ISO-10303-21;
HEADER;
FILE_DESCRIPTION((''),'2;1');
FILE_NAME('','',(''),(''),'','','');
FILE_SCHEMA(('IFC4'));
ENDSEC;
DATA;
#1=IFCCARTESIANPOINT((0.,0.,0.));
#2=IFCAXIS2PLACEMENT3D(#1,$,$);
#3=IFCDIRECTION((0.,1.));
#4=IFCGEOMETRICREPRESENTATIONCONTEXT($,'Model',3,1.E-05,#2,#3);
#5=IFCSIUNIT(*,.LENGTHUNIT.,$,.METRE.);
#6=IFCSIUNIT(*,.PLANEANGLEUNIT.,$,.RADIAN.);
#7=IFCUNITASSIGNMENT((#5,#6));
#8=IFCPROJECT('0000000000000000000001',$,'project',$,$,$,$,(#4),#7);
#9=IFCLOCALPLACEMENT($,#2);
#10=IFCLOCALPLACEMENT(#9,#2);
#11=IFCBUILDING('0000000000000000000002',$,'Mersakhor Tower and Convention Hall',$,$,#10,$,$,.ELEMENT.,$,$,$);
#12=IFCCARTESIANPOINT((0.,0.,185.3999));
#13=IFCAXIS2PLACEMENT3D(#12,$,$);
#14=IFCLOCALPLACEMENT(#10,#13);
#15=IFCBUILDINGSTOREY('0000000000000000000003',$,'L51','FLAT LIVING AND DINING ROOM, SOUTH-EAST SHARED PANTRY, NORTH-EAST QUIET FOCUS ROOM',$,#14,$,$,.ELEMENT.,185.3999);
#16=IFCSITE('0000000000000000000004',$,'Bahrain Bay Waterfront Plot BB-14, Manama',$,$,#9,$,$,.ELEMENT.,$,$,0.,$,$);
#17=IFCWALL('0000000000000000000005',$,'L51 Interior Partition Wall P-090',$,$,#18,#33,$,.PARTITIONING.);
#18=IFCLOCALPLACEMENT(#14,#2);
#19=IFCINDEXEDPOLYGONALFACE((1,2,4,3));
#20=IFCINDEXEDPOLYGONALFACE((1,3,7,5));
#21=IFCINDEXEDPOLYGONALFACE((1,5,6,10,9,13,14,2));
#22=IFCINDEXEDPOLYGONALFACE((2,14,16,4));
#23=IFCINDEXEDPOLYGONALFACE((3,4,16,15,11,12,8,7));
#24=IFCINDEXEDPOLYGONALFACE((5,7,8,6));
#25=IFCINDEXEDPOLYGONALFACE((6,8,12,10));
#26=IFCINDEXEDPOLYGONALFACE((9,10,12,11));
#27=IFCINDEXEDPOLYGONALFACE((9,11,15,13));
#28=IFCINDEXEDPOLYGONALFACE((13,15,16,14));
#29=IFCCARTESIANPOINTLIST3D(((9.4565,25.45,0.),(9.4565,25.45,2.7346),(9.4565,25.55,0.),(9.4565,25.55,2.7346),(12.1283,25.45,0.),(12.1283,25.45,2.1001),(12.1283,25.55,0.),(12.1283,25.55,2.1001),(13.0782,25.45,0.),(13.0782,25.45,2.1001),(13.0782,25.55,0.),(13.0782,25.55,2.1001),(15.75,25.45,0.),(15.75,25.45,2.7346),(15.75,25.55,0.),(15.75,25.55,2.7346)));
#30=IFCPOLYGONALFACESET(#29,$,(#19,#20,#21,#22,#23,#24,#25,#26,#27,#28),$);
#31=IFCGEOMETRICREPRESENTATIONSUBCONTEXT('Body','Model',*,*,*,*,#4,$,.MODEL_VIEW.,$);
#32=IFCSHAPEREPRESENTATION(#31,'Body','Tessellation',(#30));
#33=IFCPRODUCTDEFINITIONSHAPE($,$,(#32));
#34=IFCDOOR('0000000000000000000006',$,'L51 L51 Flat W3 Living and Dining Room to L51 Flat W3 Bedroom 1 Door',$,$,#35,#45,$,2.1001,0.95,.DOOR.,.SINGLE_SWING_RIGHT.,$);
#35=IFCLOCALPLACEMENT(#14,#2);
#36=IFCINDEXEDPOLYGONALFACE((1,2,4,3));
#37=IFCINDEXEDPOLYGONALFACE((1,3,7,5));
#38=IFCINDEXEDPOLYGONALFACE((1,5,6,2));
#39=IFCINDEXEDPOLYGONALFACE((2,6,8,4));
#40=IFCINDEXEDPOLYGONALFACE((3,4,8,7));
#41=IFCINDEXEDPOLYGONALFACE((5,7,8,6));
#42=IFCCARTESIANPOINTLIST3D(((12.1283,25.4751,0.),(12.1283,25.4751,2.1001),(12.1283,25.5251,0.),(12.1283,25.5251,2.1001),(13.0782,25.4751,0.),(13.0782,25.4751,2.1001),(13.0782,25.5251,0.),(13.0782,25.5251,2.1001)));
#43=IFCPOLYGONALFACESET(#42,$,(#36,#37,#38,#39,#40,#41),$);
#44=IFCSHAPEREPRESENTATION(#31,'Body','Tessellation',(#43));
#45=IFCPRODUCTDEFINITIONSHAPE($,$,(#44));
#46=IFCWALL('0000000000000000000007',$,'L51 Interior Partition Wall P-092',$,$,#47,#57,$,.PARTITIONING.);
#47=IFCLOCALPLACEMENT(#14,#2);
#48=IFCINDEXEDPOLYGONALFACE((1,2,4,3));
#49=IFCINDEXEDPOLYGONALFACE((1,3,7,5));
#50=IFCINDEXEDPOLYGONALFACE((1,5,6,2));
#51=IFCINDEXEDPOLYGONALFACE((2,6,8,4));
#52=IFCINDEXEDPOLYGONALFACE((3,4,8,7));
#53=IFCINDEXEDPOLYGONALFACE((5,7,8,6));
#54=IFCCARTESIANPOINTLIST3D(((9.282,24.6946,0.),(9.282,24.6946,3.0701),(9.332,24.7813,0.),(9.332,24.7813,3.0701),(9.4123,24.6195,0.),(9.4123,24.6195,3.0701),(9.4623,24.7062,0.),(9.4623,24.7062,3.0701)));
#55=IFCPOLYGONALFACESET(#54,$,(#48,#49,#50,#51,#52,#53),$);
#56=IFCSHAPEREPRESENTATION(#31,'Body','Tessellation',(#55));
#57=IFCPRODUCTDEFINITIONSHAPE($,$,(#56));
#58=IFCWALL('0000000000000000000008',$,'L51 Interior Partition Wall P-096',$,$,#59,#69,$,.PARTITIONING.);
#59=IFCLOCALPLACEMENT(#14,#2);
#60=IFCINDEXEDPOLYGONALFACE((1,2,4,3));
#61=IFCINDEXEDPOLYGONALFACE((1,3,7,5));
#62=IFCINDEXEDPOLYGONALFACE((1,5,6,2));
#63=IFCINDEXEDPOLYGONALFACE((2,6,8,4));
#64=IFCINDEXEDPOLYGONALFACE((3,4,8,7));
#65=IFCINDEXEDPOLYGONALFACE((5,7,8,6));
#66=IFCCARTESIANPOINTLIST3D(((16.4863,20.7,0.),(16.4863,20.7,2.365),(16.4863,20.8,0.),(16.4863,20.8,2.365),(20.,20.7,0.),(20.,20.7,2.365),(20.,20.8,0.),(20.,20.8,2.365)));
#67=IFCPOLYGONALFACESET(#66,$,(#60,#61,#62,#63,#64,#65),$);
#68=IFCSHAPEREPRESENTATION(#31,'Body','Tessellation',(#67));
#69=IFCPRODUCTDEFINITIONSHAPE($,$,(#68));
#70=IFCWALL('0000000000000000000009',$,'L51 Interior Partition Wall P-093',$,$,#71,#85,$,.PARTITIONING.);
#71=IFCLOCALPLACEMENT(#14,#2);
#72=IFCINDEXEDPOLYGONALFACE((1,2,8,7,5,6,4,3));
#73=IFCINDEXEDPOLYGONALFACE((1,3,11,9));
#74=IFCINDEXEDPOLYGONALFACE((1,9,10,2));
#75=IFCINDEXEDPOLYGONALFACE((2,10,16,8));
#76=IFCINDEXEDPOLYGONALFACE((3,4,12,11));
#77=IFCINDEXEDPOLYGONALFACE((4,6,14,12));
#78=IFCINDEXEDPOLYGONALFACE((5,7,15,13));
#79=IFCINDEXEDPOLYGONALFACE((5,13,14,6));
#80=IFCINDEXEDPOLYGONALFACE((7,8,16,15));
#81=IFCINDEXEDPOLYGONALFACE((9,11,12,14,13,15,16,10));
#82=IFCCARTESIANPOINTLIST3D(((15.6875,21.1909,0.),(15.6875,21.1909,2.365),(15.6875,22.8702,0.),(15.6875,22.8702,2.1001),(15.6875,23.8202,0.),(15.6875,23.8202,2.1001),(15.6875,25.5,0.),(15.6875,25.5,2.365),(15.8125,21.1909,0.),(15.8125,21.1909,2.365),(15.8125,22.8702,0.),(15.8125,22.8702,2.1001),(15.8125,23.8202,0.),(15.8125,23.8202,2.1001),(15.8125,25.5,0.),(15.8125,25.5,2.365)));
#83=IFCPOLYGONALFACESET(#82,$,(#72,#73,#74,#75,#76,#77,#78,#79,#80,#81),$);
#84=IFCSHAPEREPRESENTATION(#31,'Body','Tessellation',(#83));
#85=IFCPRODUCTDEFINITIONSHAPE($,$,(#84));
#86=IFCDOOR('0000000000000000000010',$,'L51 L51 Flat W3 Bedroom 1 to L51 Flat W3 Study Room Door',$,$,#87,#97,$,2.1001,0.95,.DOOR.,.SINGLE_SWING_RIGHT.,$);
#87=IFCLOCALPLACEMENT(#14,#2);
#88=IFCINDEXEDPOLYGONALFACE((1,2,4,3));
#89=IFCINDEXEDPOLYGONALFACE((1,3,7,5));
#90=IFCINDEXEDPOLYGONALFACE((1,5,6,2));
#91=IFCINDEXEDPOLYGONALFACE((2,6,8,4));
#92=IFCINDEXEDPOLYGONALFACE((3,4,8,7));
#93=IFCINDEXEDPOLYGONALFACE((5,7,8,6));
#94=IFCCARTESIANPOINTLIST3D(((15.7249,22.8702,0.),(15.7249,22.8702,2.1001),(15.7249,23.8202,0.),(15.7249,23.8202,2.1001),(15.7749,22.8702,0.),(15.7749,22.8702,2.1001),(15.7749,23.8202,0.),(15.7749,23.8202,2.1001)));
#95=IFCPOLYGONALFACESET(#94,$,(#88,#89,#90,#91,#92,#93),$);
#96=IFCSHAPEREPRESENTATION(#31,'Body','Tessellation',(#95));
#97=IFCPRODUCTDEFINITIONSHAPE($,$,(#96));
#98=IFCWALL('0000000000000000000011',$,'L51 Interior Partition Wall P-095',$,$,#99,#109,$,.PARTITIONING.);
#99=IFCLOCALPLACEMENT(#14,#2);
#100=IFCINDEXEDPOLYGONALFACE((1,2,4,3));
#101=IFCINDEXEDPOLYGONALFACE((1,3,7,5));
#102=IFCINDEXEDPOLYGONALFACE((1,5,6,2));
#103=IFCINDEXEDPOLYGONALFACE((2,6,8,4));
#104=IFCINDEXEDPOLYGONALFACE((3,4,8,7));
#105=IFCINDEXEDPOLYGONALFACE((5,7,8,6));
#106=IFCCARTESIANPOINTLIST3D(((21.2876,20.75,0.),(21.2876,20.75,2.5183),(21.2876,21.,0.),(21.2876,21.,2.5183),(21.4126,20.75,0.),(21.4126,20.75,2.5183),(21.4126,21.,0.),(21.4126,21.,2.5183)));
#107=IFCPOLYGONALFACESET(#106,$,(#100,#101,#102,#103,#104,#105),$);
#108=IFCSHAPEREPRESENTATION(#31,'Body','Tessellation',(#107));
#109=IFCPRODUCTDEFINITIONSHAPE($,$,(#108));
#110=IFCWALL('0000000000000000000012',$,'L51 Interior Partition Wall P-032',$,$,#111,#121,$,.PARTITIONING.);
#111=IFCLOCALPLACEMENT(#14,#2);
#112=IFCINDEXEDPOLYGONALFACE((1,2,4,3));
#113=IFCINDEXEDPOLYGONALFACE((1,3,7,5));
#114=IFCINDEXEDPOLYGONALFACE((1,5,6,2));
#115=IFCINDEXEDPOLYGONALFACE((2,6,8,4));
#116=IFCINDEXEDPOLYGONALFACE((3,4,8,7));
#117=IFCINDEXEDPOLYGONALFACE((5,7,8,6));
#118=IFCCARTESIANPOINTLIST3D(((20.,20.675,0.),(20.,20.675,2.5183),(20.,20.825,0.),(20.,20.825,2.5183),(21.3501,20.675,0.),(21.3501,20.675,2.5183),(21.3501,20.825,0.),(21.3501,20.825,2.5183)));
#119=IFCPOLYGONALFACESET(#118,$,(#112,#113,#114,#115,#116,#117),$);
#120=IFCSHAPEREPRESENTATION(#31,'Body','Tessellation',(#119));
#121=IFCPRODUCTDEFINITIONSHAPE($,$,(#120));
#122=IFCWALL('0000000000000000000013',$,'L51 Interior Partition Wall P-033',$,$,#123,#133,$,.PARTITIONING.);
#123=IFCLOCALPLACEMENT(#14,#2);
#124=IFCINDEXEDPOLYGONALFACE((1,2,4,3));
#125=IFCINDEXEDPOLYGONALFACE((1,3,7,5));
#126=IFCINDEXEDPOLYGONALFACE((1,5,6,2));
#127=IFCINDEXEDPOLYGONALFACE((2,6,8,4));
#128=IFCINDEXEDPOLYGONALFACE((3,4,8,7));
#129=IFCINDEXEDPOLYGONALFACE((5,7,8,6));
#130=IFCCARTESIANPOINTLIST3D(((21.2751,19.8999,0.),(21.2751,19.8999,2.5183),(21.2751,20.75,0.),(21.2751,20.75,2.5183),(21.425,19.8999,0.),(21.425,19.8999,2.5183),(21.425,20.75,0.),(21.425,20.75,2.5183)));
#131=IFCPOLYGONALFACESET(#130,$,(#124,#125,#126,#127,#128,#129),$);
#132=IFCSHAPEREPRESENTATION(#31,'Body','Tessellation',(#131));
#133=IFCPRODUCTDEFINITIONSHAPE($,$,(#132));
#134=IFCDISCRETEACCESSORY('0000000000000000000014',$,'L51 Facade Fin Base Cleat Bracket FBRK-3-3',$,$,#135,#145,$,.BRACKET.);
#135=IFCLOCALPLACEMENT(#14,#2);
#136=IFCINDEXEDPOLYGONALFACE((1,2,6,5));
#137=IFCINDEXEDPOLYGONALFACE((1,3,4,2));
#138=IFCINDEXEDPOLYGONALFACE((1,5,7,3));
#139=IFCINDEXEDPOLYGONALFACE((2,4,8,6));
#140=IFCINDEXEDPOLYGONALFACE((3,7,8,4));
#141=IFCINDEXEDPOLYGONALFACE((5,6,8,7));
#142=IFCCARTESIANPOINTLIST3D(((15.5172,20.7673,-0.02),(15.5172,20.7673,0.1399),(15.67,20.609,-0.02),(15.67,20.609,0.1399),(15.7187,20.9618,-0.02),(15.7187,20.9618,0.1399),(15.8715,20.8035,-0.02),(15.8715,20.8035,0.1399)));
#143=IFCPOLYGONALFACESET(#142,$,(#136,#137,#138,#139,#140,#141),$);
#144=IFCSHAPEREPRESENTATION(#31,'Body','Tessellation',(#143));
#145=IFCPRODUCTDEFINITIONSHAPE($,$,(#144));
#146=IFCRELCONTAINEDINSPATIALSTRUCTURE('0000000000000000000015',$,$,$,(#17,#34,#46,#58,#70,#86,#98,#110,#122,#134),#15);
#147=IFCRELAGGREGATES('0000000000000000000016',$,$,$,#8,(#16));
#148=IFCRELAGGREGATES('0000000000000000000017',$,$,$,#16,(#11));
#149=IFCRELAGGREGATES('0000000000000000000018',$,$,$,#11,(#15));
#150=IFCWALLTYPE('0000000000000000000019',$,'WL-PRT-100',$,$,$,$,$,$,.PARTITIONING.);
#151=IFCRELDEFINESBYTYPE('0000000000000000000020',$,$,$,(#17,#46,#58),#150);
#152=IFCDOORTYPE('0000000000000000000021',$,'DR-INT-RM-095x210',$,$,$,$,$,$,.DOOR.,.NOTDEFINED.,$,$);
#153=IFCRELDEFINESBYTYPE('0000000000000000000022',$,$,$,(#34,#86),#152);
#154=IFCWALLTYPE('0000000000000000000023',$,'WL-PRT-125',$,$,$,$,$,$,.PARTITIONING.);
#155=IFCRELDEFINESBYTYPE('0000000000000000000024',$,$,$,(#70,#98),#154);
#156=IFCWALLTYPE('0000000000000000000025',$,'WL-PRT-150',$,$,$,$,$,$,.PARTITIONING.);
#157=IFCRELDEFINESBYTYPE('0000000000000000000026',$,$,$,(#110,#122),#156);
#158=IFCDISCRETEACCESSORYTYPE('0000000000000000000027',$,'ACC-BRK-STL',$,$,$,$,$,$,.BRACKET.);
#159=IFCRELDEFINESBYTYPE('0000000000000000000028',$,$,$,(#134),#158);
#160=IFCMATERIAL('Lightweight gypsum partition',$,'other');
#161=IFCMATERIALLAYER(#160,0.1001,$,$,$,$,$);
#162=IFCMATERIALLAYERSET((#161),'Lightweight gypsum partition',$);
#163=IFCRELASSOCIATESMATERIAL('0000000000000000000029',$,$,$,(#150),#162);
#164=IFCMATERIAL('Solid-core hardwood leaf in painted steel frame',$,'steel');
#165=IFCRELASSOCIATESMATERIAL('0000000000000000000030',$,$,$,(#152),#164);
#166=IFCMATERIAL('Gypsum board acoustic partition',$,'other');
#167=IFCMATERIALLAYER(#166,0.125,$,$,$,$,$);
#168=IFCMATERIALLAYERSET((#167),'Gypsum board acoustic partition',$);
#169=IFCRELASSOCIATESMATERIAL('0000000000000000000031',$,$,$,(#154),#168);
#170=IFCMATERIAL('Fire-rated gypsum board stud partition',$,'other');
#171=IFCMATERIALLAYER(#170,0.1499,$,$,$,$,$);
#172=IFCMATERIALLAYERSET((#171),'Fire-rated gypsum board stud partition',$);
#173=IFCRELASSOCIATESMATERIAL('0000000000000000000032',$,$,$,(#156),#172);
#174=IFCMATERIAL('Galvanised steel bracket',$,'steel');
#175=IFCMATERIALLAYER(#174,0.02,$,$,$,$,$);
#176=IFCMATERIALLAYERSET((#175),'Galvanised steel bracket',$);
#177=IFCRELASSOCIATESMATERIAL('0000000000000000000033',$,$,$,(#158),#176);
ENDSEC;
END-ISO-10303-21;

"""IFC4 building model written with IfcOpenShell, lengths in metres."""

from ifc_helpers import new_model, si_unit, direction, frame, frame_2d, origin, origin_2d, place, context, subcontext, project, spatial, rectangle, extrude, material, layer, layer_set, type_object, element, fill, save


model = new_model("IFC4")

# Units and contexts
model_context = context("Model", 3, precision=1e-05, world=origin(), true_north=direction((0.0, 1.0)))
body_context = subcontext(model_context, "Body", "Model", "MODEL_VIEW")
ifc_project = project(units=[si_unit("LENGTHUNIT", "METRE"), si_unit("PLANEANGLEUNIT", "RADIAN")], contexts=[model_context])

# Site, building, storey
site_placement = place(None, origin())
site = spatial("IfcSite", under=ifc_project, at=site_placement, Name="Bahrain Bay Waterfront Plot BB-14, Manama", CompositionType="ELEMENT", RefElevation=0.0)
building_placement = place(site_placement, origin())
building = spatial("IfcBuilding", under=site, at=building_placement, Name="Mersakhor Tower and Convention Hall", CompositionType="ELEMENT")
storey_placement = place(building_placement, frame((0.0, 0.0, 185.3999)))
storey = spatial("IfcBuildingStorey", under=building, at=storey_placement, Name="L51", Description="FLAT LIVING AND DINING ROOM, SOUTH-EAST SHARED PANTRY, NORTH-EAST QUIET FOCUS ROOM", CompositionType="ELEMENT", Elevation=185.3999)

# Wall, opening, door
ifc_material_1 = material(Name="Lightweight gypsum partition", Category="other")
ifc_layer_1 = layer(ifc_material_1, 0.1001)
ifc_layer_set_1 = layer_set([ifc_layer_1], Name="Lightweight gypsum partition")
wall_type_1 = type_object("IfcWallType", Name="WL-PRT-100", PredefinedType="PARTITIONING", material=ifc_layer_set_1)
wall_1_placement = place(storey_placement, frame((15.75, 25.5, 0.0), z_axis=(0.0, 0.0, 1.0), x_axis=(-1.0, 0.0, 0.0)))
wall_1 = element("IfcWall", 1, at=wall_1_placement, inside=storey, type_object=wall_type_1, Name="L51 Interior Partition Wall P-090", PredefinedType="PARTITIONING", context=body_context, shape_type="SweptSolid", body=[
    extrude(rectangle(XDim=6.2935, YDim=0.1001, at=frame_2d((3.1467, 0.0))), origin(), (0.0, 0.0, 1.0), 2.7346),
])
opening_1_placement = place(wall_1_placement, frame((2.6716, 0.0, 0.0)))
opening_1 = element("IfcOpeningElement", 2, at=opening_1_placement, cuts=wall_1, PredefinedType="OPENING", context=body_context, shape_type="SweptSolid", body=[
    extrude(rectangle(XDim=0.95, YDim=2.1001, at=frame_2d((0.4751, 1.05))), frame((0.0, 0.0601, 0.0), z_axis=(0.0, -1.0, 0.0), x_axis=(1.0, 0.0, 0.0)), (0.0, 0.0, 1.0), 0.1201),
])
ifc_material_2 = material(Name="Solid-core hardwood leaf in painted steel frame", Category="steel")
door_type = type_object("IfcDoorType", Name="DR-INT-RM-095x210", OperationType="NOTDEFINED", PredefinedType="DOOR", material=ifc_material_2)
door_1_placement = place(opening_1_placement, origin())
door_1 = element("IfcDoor", 3, at=door_1_placement, inside=storey, type_object=door_type, Name="L51 L51 Flat W3 Living and Dining Room to L51 Flat W3 Bedroom 1 Door", OperationType="SINGLE_SWING_RIGHT", OverallHeight=2.1001, OverallWidth=0.95, PredefinedType="DOOR", context=body_context, shape_type="SweptSolid", body=[
    extrude(rectangle(XDim=0.95, YDim=2.1001, at=frame_2d((0.4751, 1.05))), frame((0.0, 0.0249, 0.0), z_axis=(0.0, -1.0, 0.0), x_axis=(1.0, 0.0, 0.0)), (0.0, 0.0, 1.0), 0.05),
])
fill(opening_1, door_1)

# Walls
wall_2_placement = place(storey_placement, frame((9.4373, 24.6628, 0.0), z_axis=(0.0, 0.0, 1.0), x_axis=(-0.86624, 0.499629, 0.0)))
element("IfcWall", 4, at=wall_2_placement, inside=storey, type_object=wall_type_1, Name="L51 Interior Partition Wall P-092", PredefinedType="PARTITIONING", context=body_context, shape_type="SweptSolid", body=[
    extrude(rectangle(XDim=0.1504, YDim=0.1001, at=frame_2d((0.0752, 0.0))), origin(), (0.0, 0.0, 1.0), 3.0701),
])
wall_3_placement = place(storey_placement, frame((20.0, 20.75, 0.0), z_axis=(0.0, 0.0, 1.0), x_axis=(-1.0, 0.0, 0.0)))
element("IfcWall", 5, at=wall_3_placement, inside=storey, type_object=wall_type_1, Name="L51 Interior Partition Wall P-096", PredefinedType="PARTITIONING", context=body_context, shape_type="SweptSolid", body=[
    extrude(rectangle(XDim=3.5137, YDim=0.1001, at=frame_2d((1.7568, 0.0))), origin(), (0.0, 0.0, 1.0), 2.365),
])

# Wall, opening, door
ifc_material_3 = material(Name="Gypsum board acoustic partition", Category="other")
ifc_layer_2 = layer(ifc_material_3, 0.125)
ifc_layer_set_2 = layer_set([ifc_layer_2], Name="Gypsum board acoustic partition")
wall_type_2 = type_object("IfcWallType", Name="WL-PRT-125", PredefinedType="PARTITIONING", material=ifc_layer_set_2)
wall_4_placement = place(storey_placement, frame((15.75, 25.5, 0.0), z_axis=(0.0, 0.0, 1.0), x_axis=(0.0, -1.0, 0.0)))
wall_4 = element("IfcWall", 6, at=wall_4_placement, inside=storey, type_object=wall_type_2, Name="L51 Interior Partition Wall P-093", PredefinedType="PARTITIONING", context=body_context, shape_type="SweptSolid", body=[
    extrude(rectangle(XDim=4.3091, YDim=0.125, at=frame_2d((2.1545, 0.0))), origin(), (0.0, 0.0, 1.0), 2.365),
])
opening_2_placement = place(wall_4_placement, frame((1.6797, 0.0, 0.0)))
opening_2 = element("IfcOpeningElement", 7, at=opening_2_placement, cuts=wall_4, PredefinedType="OPENING", context=body_context, shape_type="SweptSolid", body=[
    extrude(rectangle(XDim=0.95, YDim=2.1001, at=frame_2d((0.4751, 1.05))), frame((0.0, 0.0725, 0.0), z_axis=(0.0, -1.0, 0.0), x_axis=(1.0, 0.0, 0.0)), (0.0, 0.0, 1.0), 0.145),
])
door_2_placement = place(opening_2_placement, origin())
door_2 = element("IfcDoor", 8, at=door_2_placement, inside=storey, type_object=door_type, Name="L51 L51 Flat W3 Bedroom 1 to L51 Flat W3 Study Room Door", OperationType="SINGLE_SWING_RIGHT", OverallHeight=2.1001, OverallWidth=0.95, PredefinedType="DOOR", context=body_context, shape_type="SweptSolid", body=[
    extrude(rectangle(XDim=0.95, YDim=2.1001, at=frame_2d((0.4751, 1.05))), frame((0.0, 0.0249, 0.0), z_axis=(0.0, -1.0, 0.0), x_axis=(1.0, 0.0, 0.0)), (0.0, 0.0, 1.0), 0.05),
])
fill(opening_2, door_2)

# Walls
wall_5_placement = place(storey_placement, frame((21.3501, 21.0, 0.0), z_axis=(0.0, 0.0, 1.0), x_axis=(0.0, -1.0, 0.0)))
element("IfcWall", 9, at=wall_5_placement, inside=storey, type_object=wall_type_2, Name="L51 Interior Partition Wall P-095", PredefinedType="PARTITIONING", context=body_context, shape_type="SweptSolid", body=[
    extrude(rectangle(XDim=0.25, YDim=0.125, at=frame_2d((0.125, 0.0))), origin(), (0.0, 0.0, 1.0), 2.5183),
])
ifc_material_4 = material(Name="Fire-rated gypsum board stud partition", Category="other")
ifc_layer_3 = layer(ifc_material_4, 0.1499)
ifc_layer_set_3 = layer_set([ifc_layer_3], Name="Fire-rated gypsum board stud partition")
wall_type_3 = type_object("IfcWallType", Name="WL-PRT-150", PredefinedType="PARTITIONING", material=ifc_layer_set_3)
wall_6_placement = place(storey_placement, frame((20.0, 20.75, 0.0), z_axis=(0.0, 0.0, 1.0), x_axis=(1.0, 0.0, 0.0)))
element("IfcWall", 10, at=wall_6_placement, inside=storey, type_object=wall_type_3, Name="L51 Interior Partition Wall P-032", PredefinedType="PARTITIONING", context=body_context, shape_type="SweptSolid", body=[
    extrude(rectangle(XDim=1.3501, YDim=0.1499, at=frame_2d((0.675, 0.0))), origin(), (0.0, 0.0, 1.0), 2.5183),
])
wall_7_placement = place(storey_placement, frame((21.3501, 20.75, 0.0), z_axis=(0.0, 0.0, 1.0), x_axis=(0.0, -1.0, 0.0)))
element("IfcWall", 11, at=wall_7_placement, inside=storey, type_object=wall_type_3, Name="L51 Interior Partition Wall P-033", PredefinedType="PARTITIONING", context=body_context, shape_type="SweptSolid", body=[
    extrude(rectangle(XDim=0.8501, YDim=0.1499, at=frame_2d((0.425, 0.0))), origin(), (0.0, 0.0, 1.0), 2.5183),
])

# Discrete accessory
ifc_material_5 = material(Name="Galvanised steel bracket", Category="steel")
ifc_layer_4 = layer(ifc_material_5, 0.02)
ifc_layer_set_4 = layer_set([ifc_layer_4], Name="Galvanised steel bracket")
discrete_accessory_type = type_object("IfcDiscreteAccessoryType", Name="ACC-BRK-STL", PredefinedType="BRACKET", material=ifc_layer_set_4)
discrete_accessory_placement = place(storey_placement, frame((15.6943, 20.7854, -0.02), z_axis=(0.0, 0.0, 1.0), x_axis=(-0.71934, -0.694658, 0.0)))
element("IfcDiscreteAccessory", 12, at=discrete_accessory_placement, inside=storey, type_object=discrete_accessory_type, Name="L51 Facade Fin Base Cleat Bracket FBRK-3-3", PredefinedType="BRACKET", context=body_context, shape_type="SweptSolid", body=[
    extrude(rectangle(XDim=0.28, YDim=0.22, at=origin_2d()), origin(), (0.0, 0.0, 1.0), 0.1599),
])

save(model, "model.ifc")
